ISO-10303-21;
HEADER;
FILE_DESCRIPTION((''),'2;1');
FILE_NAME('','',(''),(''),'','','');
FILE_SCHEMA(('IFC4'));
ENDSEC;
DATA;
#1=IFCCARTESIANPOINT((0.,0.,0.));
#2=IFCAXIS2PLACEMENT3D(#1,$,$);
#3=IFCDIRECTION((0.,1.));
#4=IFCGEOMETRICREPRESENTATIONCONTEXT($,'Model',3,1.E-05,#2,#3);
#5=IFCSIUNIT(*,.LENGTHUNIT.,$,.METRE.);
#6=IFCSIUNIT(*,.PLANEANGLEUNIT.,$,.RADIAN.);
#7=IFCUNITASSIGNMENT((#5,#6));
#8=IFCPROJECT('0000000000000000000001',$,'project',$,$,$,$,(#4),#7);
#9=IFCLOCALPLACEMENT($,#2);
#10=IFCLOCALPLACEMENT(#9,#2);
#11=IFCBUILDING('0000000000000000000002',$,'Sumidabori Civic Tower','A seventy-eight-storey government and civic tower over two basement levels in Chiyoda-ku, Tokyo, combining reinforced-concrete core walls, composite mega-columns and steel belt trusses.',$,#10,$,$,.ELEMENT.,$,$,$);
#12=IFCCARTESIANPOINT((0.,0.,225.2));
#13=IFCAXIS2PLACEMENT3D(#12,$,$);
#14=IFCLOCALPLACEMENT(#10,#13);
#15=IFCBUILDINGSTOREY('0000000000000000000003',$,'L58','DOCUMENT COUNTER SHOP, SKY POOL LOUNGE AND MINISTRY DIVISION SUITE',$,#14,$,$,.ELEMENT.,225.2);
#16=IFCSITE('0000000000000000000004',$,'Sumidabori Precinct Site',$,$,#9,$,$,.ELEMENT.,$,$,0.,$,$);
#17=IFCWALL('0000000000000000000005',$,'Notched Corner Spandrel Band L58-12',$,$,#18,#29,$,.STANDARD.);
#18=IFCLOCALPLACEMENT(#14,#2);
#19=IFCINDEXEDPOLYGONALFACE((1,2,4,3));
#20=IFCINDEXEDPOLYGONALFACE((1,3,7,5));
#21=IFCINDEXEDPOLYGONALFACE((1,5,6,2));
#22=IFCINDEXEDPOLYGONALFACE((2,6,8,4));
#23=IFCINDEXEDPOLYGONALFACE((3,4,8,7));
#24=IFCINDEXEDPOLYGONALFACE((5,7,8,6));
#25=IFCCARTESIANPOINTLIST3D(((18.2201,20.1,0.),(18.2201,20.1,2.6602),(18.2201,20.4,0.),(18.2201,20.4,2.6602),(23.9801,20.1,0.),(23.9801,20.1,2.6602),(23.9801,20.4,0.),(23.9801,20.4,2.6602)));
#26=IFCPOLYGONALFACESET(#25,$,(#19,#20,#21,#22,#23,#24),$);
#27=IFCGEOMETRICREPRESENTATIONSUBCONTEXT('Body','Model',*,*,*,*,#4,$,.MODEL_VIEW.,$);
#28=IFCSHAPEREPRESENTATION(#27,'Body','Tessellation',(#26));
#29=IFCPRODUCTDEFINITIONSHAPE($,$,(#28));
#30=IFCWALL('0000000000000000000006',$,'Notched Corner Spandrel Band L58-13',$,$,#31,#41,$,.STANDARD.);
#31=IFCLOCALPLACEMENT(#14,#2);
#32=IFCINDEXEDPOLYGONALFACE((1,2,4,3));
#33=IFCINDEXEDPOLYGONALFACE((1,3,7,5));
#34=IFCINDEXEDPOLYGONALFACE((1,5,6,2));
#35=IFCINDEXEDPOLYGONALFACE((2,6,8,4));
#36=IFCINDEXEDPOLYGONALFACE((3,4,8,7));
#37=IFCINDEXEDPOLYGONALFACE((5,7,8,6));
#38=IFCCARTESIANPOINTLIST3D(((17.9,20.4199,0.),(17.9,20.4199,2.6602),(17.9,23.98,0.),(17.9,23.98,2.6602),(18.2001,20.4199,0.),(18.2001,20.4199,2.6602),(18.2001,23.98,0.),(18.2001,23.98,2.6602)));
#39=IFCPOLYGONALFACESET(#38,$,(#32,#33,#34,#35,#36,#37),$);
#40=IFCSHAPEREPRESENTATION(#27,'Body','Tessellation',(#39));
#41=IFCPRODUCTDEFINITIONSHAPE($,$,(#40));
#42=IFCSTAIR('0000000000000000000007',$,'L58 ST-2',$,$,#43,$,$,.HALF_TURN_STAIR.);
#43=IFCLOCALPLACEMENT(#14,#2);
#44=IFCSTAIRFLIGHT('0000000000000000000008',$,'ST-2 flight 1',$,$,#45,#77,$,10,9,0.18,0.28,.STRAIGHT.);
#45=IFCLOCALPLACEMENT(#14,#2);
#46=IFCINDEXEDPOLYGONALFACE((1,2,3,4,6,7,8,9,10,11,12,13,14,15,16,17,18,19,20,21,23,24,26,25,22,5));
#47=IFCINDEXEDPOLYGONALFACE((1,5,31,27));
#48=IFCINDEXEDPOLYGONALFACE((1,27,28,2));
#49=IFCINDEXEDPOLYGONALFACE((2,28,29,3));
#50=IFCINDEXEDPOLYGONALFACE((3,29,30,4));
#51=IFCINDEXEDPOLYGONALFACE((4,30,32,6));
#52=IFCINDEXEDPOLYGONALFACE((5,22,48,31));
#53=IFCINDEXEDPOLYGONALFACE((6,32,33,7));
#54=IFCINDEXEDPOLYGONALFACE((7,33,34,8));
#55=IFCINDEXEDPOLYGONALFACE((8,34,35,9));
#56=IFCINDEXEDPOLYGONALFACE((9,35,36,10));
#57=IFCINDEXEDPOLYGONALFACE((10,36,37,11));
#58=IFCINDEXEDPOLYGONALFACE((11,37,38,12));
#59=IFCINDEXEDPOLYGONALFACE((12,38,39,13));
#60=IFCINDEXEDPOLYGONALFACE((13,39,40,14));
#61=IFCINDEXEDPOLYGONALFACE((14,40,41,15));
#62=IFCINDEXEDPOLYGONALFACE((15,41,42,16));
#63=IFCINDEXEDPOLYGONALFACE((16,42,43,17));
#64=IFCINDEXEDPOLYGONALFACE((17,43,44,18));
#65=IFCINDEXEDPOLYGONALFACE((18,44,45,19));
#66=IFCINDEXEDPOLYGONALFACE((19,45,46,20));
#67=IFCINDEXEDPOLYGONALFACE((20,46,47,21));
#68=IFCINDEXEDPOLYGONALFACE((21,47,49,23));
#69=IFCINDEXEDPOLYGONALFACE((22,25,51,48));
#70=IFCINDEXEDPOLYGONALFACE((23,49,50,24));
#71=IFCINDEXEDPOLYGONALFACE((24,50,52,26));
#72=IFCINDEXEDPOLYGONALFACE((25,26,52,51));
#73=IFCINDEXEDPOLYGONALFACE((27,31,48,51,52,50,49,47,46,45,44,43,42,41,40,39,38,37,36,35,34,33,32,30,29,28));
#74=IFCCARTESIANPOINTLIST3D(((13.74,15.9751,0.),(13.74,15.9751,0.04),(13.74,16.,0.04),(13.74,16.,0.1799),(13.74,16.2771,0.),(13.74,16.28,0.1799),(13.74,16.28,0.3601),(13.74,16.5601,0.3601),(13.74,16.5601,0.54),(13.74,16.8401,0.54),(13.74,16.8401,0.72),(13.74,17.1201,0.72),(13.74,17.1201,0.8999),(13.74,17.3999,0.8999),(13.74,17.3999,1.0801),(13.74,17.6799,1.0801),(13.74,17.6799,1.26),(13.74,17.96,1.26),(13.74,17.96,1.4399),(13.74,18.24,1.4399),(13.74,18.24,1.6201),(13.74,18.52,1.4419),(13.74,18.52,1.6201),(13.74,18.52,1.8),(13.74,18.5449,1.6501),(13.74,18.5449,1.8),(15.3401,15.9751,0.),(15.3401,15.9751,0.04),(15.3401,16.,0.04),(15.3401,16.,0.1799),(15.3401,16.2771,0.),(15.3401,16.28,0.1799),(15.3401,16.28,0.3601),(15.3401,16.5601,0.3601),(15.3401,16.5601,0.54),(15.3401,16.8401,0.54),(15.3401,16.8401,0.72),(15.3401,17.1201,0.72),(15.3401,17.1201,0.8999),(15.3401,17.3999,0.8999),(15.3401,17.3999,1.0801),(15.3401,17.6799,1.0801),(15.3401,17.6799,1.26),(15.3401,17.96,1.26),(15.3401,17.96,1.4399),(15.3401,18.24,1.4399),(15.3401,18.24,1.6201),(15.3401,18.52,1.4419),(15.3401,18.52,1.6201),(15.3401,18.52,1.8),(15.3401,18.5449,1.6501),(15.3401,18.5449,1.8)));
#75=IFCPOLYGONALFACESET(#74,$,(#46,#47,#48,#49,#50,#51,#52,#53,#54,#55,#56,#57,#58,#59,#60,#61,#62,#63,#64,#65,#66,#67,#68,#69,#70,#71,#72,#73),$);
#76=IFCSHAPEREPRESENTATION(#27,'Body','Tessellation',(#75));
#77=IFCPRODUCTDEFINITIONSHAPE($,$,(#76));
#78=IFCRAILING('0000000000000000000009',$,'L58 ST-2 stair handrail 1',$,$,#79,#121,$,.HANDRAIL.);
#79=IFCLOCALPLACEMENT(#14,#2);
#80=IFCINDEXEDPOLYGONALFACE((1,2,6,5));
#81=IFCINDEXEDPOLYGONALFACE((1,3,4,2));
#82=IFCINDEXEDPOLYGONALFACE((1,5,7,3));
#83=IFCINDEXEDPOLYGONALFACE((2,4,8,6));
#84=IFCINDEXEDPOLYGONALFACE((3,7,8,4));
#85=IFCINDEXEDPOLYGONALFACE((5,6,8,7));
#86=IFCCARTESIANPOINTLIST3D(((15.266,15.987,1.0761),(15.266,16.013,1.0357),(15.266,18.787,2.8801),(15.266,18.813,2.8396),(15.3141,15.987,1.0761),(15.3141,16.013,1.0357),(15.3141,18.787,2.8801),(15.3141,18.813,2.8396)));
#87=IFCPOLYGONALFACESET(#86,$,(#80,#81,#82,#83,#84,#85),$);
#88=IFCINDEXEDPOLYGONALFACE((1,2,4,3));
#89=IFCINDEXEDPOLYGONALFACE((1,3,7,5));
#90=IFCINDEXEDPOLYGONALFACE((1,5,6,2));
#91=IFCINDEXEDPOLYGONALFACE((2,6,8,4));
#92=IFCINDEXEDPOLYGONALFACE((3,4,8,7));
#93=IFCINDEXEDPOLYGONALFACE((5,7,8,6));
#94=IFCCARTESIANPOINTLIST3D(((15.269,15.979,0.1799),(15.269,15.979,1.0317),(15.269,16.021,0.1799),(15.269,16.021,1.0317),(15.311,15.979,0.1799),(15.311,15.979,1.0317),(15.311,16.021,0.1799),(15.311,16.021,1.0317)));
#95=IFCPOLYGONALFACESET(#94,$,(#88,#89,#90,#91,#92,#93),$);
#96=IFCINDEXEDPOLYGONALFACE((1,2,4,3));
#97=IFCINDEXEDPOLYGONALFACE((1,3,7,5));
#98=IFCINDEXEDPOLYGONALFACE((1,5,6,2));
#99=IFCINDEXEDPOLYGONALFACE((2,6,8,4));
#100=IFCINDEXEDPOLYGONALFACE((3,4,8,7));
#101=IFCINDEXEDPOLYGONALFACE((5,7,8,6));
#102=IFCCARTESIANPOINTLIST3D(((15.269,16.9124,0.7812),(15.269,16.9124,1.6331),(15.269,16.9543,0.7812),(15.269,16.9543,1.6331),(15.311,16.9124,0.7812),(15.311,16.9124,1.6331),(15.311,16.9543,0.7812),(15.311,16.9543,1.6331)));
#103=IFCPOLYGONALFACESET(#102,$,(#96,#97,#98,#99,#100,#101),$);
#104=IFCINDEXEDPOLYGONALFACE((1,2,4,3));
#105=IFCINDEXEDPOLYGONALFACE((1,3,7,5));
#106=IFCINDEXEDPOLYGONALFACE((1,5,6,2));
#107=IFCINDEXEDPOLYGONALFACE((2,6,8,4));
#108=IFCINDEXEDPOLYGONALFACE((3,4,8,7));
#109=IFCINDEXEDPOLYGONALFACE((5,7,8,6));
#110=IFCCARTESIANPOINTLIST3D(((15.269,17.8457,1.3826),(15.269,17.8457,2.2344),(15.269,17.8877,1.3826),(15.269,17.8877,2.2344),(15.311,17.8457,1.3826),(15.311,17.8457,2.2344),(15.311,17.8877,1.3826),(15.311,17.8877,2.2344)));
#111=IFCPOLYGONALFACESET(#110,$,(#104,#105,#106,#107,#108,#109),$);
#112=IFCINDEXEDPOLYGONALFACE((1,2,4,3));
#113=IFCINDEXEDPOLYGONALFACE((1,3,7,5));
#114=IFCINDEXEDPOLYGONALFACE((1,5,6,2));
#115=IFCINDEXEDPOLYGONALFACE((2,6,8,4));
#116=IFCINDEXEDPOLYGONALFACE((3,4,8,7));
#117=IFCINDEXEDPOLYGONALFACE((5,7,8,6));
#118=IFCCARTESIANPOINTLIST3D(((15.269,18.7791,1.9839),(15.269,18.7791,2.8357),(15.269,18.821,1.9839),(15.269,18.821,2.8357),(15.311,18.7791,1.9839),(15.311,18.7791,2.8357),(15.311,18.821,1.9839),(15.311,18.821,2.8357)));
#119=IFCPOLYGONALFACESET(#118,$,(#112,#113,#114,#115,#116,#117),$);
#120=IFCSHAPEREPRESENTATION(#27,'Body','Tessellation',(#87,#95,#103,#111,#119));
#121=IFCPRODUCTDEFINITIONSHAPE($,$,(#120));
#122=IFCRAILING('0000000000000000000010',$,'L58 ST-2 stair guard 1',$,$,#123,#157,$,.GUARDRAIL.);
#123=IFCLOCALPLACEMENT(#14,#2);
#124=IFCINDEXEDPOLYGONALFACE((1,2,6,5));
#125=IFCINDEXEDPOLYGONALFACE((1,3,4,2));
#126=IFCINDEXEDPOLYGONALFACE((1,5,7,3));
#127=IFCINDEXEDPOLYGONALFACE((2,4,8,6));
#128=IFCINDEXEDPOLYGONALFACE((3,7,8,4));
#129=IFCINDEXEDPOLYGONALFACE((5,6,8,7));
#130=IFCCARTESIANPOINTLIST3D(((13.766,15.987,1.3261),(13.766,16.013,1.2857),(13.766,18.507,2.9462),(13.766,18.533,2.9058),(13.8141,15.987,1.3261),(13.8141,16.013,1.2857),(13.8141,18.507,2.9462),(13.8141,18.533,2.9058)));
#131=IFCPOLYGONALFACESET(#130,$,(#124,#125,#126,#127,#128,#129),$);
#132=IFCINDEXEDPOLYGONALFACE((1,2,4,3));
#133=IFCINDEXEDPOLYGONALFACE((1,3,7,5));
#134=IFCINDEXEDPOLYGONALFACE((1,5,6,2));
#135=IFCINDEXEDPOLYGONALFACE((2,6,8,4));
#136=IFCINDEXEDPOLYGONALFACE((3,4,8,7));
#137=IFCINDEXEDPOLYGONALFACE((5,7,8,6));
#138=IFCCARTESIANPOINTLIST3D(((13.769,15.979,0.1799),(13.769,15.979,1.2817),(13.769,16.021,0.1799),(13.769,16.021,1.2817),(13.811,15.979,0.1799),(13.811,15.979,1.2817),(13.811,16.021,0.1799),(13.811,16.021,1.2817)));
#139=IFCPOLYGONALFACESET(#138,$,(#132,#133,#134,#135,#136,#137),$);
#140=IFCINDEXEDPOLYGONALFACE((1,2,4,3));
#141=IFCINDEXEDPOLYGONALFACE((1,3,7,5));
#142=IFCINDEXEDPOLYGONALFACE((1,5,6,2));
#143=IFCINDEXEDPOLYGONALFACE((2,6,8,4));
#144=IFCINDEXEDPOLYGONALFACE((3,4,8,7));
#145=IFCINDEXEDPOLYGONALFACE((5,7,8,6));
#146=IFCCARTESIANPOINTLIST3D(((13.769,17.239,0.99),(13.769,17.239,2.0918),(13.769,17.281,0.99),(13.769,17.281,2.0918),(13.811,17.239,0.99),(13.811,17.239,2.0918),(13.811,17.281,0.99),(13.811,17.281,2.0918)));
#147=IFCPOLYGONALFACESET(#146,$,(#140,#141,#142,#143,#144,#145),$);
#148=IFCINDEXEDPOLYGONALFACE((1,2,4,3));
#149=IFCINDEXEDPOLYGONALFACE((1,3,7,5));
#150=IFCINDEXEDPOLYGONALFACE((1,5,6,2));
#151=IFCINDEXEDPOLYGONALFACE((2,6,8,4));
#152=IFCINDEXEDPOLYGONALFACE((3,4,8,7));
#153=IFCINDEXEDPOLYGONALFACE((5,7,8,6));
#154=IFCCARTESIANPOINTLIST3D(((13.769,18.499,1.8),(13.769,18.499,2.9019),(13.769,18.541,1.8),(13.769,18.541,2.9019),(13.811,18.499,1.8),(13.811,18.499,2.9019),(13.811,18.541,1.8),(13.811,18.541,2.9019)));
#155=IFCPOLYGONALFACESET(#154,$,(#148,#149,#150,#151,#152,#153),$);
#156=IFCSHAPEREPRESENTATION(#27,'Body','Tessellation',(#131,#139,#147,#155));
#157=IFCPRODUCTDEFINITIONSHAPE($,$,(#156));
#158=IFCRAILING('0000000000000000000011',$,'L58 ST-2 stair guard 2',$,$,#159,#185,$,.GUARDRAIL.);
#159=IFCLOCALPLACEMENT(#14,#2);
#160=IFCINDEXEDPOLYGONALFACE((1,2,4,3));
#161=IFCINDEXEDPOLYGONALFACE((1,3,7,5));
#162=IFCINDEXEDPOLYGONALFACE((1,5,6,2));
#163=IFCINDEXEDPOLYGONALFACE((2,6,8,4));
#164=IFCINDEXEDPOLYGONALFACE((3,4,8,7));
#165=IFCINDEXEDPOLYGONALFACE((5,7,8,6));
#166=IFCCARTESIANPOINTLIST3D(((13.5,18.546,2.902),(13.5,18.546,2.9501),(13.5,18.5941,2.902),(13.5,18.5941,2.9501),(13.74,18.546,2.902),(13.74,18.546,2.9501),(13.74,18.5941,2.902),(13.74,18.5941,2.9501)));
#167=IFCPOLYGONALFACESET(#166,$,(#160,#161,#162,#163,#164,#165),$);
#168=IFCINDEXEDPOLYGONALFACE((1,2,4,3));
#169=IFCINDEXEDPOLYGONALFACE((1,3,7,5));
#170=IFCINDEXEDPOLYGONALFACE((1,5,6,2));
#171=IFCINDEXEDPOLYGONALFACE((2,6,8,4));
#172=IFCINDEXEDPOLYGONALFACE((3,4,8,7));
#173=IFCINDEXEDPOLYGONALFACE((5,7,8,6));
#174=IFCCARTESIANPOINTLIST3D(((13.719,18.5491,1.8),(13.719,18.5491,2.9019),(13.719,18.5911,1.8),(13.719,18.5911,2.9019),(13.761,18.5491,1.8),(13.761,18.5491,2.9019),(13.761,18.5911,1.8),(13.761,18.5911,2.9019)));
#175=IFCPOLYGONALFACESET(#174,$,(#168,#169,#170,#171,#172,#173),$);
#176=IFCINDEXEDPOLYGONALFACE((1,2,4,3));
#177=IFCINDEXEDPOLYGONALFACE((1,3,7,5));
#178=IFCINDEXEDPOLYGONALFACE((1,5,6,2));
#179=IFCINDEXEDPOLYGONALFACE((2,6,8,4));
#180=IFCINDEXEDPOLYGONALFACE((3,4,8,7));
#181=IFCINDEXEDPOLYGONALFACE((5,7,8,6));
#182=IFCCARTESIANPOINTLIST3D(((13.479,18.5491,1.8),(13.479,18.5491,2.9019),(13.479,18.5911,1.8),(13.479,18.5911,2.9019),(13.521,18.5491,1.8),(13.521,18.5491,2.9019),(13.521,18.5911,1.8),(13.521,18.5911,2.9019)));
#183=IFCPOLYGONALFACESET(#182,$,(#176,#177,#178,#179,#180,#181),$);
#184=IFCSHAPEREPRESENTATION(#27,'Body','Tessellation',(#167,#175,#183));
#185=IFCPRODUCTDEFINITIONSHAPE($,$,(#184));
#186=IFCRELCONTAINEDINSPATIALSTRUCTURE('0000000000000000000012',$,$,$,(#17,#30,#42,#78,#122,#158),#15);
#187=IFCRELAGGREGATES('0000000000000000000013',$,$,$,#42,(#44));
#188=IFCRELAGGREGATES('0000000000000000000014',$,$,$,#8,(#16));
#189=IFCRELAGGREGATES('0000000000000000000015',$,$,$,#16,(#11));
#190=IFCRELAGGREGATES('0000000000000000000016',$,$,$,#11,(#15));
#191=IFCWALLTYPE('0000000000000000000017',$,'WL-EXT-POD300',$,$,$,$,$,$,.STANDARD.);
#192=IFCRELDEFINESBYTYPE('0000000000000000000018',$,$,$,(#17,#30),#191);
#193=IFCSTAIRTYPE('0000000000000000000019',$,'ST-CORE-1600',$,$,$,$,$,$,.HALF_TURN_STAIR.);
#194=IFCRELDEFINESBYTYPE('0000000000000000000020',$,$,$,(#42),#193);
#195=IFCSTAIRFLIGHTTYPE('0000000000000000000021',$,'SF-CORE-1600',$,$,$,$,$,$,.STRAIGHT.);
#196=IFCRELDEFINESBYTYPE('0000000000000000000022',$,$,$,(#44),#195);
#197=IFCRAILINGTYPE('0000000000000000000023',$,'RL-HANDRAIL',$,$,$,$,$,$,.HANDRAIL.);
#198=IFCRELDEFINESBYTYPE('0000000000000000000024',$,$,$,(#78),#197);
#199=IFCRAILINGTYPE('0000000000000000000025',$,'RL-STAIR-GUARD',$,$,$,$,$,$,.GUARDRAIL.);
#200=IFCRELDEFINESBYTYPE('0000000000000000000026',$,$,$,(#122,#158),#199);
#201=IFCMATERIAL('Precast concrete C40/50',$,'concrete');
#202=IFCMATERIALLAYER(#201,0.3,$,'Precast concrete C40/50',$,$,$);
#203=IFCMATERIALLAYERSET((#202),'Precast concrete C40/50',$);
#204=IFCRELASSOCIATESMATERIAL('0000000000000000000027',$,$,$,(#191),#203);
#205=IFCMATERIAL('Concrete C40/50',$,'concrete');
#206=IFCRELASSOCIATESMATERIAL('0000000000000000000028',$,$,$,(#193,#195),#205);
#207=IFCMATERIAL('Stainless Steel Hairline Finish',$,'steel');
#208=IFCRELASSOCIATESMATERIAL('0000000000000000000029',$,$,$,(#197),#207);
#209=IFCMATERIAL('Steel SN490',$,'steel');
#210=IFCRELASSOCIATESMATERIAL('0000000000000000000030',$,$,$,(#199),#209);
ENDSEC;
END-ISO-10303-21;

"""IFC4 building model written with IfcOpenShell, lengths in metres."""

from ifc_helpers import new_model, si_unit, direction, frame, frame_2d, origin, origin_2d, place, context, subcontext, project, spatial, polyline, rectangle, outline, extrude, source, transform, mapped, material, layer, layer_set, type_object, element, aggregate, save


model = new_model("IFC4")

# Units and contexts
model_context = context("Model", 3, precision=1e-05, world=origin(), true_north=direction((0.0, 1.0)))
body_context = subcontext(model_context, "Body", "Model", "MODEL_VIEW")
ifc_project = project(units=[si_unit("LENGTHUNIT", "METRE"), si_unit("PLANEANGLEUNIT", "RADIAN")], contexts=[model_context])

# Site, building, storey
site_placement = place(None, origin())
site = spatial("IfcSite", under=ifc_project, at=site_placement, Name="Sumidabori Precinct Site", CompositionType="ELEMENT", RefElevation=0.0)
building_placement = place(site_placement, origin())
building = spatial("IfcBuilding", under=site, at=building_placement, Name="Sumidabori Civic Tower", Description="A seventy-eight-storey government and civic tower over two basement levels in Chiyoda-ku, Tokyo, combining reinforced-concrete core walls, composite mega-columns and steel belt trusses.", CompositionType="ELEMENT")
storey_placement = place(building_placement, frame((0.0, 0.0, 225.2)))
storey = spatial("IfcBuildingStorey", under=building, at=storey_placement, Name="L58", Description="DOCUMENT COUNTER SHOP, SKY POOL LOUNGE AND MINISTRY DIVISION SUITE", CompositionType="ELEMENT", Elevation=225.2)

# Walls
ifc_material_1 = material(Name="Precast concrete C40/50", Category="concrete")
ifc_layer_1 = layer(ifc_material_1, 0.3, Name="Precast concrete C40/50")
ifc_layer_set_1 = layer_set([ifc_layer_1], Name="Precast concrete C40/50")
wall_type = type_object("IfcWallType", Name="WL-EXT-POD300", PredefinedType="STANDARD", material=ifc_layer_set_1)
shared_shape_1 = source(origin(), body_context, "Body", "SweptSolid", [
    extrude(rectangle(XDim=5.76, YDim=0.3, at=frame_2d((2.8799, 0.0))), origin(), (0.0, 0.0, 1.0), 2.6602),
])
wall_1_placement = place(storey_placement, frame((23.98, 20.25, 0.0), z_axis=(0.0, 0.0, 1.0), x_axis=(-1.0, 0.0, 0.0)))
element("IfcWall", 1, at=wall_1_placement, inside=storey, type_object=wall_type, Name="Notched Corner Spandrel Band L58-12", PredefinedType="STANDARD", context=body_context, shape_type="MappedRepresentation", body=[
    mapped(shared_shape_1, transform((0.0, 0.0, 0.0), x_axis=(1.0, 0.0, 0.0), y_axis=(0.0, 1.0, 0.0), z_axis=(0.0, 0.0, 1.0), scale=1.0)),
])
shared_shape_2 = source(origin(), body_context, "Body", "SweptSolid", [
    extrude(rectangle(XDim=3.5601, YDim=0.3, at=frame_2d((1.78, 0.0))), origin(), (0.0, 0.0, 1.0), 2.6602),
])
wall_2_placement = place(storey_placement, frame((18.05, 20.4199, 0.0), z_axis=(0.0, 0.0, 1.0), x_axis=(0.0, 1.0, 0.0)))
element("IfcWall", 2, at=wall_2_placement, inside=storey, type_object=wall_type, Name="Notched Corner Spandrel Band L58-13", PredefinedType="STANDARD", context=body_context, shape_type="MappedRepresentation", body=[
    mapped(shared_shape_2, transform((0.0, 0.0, 0.0), x_axis=(1.0, 0.0, 0.0), y_axis=(0.0, 1.0, 0.0), z_axis=(0.0, 0.0, 1.0), scale=1.0)),
])

# Stair, stair flight
ifc_material_2 = material(Name="Concrete C40/50", Category="concrete")
stair_type = type_object("IfcStairType", Name="ST-CORE-1600", PredefinedType="HALF_TURN_STAIR", material=ifc_material_2)
stair_placement = place(storey_placement, origin())
stair = element("IfcStair", 3, at=stair_placement, inside=storey, type_object=stair_type, Name="L58 ST-2", PredefinedType="HALF_TURN_STAIR")
stair_flight_type = type_object("IfcStairFlightType", Name="SF-CORE-1600", PredefinedType="STRAIGHT", material=ifc_material_2)
shared_shape_3 = source(origin(), body_context, "Body", "SweptSolid", [
    extrude(outline(polyline([(-0.0249, 0.0), (-0.0249, 0.04), (0.0, 0.04), (0.0, 0.1799), (0.28, 0.1799), (0.28, 0.3601), (0.5601, 0.3601), (0.5601, 0.54), (0.8401, 0.54), (0.8401, 0.72), (1.1201, 0.72), (1.1201, 0.8999), (1.3999, 0.8999), (1.3999, 1.0801), (1.6799, 1.0801), (1.6799, 1.26), (1.96, 1.26), (1.96, 1.4399), (2.24, 1.4399), (2.24, 1.6201), (2.52, 1.6201), (2.52, 1.8), (2.5449, 1.8), (2.5449, 1.6501), (2.52, 1.4419), (0.2771, 0.0), (-0.0249, 0.0)])), frame((0.0, 0.8, 0.0), z_axis=(0.0, -1.0, 0.0), x_axis=(1.0, 0.0, 0.0)), (0.0, 0.0, 1.0), 1.6001),
])
stair_flight_placement = place(storey_placement, frame((14.54, 16.0, 0.0), z_axis=(0.0, 0.0, 1.0), x_axis=(0.0, 1.0, 0.0)))
stair_flight = element("IfcStairFlight", 4, at=stair_flight_placement, type_object=stair_flight_type, Name="ST-2 flight 1", NumberOfRisers=10, NumberOfTreads=9, PredefinedType="STRAIGHT", RiserHeight=0.18, TreadLength=0.28, context=body_context, shape_type="MappedRepresentation", body=[
    mapped(shared_shape_3, transform((0.0, 0.0, 0.0), x_axis=(1.0, 0.0, 0.0), y_axis=(0.0, 1.0, 0.0), z_axis=(0.0, 0.0, 1.0), scale=1.0)),
])
aggregate(stair, [stair_flight])

# Railings
ifc_material_3 = material(Name="Stainless Steel Hairline Finish", Category="steel")
railing_type_1 = type_object("IfcRailingType", Name="RL-HANDRAIL", PredefinedType="HANDRAIL", material=ifc_material_3)
railing_1_placement = place(storey_placement, frame((15.29, 16.0, 0.1799)))
element("IfcRailing", 5, at=railing_1_placement, inside=storey, type_object=railing_type_1, Name="L58 ST-2 stair handrail 1", PredefinedType="HANDRAIL", context=body_context, shape_type="SweptSolid", body=[
    extrude(rectangle(XDim=0.0481, YDim=0.0481, at=origin_2d()), frame((0.0, 0.0, 0.876), z_axis=(0.0, 0.840642, 0.541591), x_axis=(-1.0, 0.0, 0.0)), (0.0, 0.0, 1.0), 3.3308),
    extrude(rectangle(XDim=0.042, YDim=0.042, at=origin_2d()), origin(), (0.0, 0.0, 1.0), 0.8518),
    extrude(rectangle(XDim=0.042, YDim=0.042, at=origin_2d()), frame((0.0, 0.9333, 0.6013)), (0.0, 0.0, 1.0), 0.8518),
    extrude(rectangle(XDim=0.042, YDim=0.042, at=origin_2d()), frame((0.0, 1.8667, 1.2026)), (0.0, 0.0, 1.0), 0.8518),
    extrude(rectangle(XDim=0.042, YDim=0.042, at=origin_2d()), frame((0.0, 2.8, 1.804)), (0.0, 0.0, 1.0), 0.8518),
])
ifc_material_4 = material(Name="Steel SN490", Category="steel")
railing_type_2 = type_object("IfcRailingType", Name="RL-STAIR-GUARD", PredefinedType="GUARDRAIL", material=ifc_material_4)
railing_2_placement = place(storey_placement, frame((13.79, 16.0, 0.1799)))
element("IfcRailing", 6, at=railing_2_placement, inside=storey, type_object=railing_type_2, Name="L58 ST-2 stair guard 1", PredefinedType="GUARDRAIL", context=body_context, shape_type="SweptSolid", body=[
    extrude(rectangle(XDim=0.0481, YDim=0.0481, at=origin_2d()), frame((0.0, 0.0, 1.126), z_axis=(0.0, 0.841163, 0.540782), x_axis=(-1.0, 0.0, 0.0)), (0.0, 0.0, 1.0), 2.9958),
    extrude(rectangle(XDim=0.042, YDim=0.042, at=origin_2d()), origin(), (0.0, 0.0, 1.0), 1.1018),
    extrude(rectangle(XDim=0.042, YDim=0.042, at=origin_2d()), frame((0.0, 1.26, 0.8101)), (0.0, 0.0, 1.0), 1.1018),
    extrude(rectangle(XDim=0.042, YDim=0.042, at=origin_2d()), frame((0.0, 2.52, 1.6201)), (0.0, 0.0, 1.0), 1.1018),
])
for number, where, name in (
    (7, (13.74, 18.5701, 1.8), "L58 ST-2 stair guard 2"),
):
    element("IfcRailing", number, at=place(storey_placement, frame(where)), inside=storey, type_object=railing_type_2, Name=name, PredefinedType="GUARDRAIL", context=body_context, shape_type="SweptSolid", body=[
        extrude(rectangle(XDim=0.0481, YDim=0.0481, at=origin_2d()), frame((0.0, 0.0, 1.126), z_axis=(-1.0, 0.0, 0.0), x_axis=(0.0, -1.0, 0.0)), (0.0, 0.0, 1.0), 0.24),
        extrude(rectangle(XDim=0.042, YDim=0.042, at=origin_2d()), origin(), (0.0, 0.0, 1.0), 1.1018),
        extrude(rectangle(XDim=0.042, YDim=0.042, at=origin_2d()), frame((-0.24, 0.0, 0.0)), (0.0, 0.0, 1.0), 1.1018),
    ])

save(model, "model.ifc")
